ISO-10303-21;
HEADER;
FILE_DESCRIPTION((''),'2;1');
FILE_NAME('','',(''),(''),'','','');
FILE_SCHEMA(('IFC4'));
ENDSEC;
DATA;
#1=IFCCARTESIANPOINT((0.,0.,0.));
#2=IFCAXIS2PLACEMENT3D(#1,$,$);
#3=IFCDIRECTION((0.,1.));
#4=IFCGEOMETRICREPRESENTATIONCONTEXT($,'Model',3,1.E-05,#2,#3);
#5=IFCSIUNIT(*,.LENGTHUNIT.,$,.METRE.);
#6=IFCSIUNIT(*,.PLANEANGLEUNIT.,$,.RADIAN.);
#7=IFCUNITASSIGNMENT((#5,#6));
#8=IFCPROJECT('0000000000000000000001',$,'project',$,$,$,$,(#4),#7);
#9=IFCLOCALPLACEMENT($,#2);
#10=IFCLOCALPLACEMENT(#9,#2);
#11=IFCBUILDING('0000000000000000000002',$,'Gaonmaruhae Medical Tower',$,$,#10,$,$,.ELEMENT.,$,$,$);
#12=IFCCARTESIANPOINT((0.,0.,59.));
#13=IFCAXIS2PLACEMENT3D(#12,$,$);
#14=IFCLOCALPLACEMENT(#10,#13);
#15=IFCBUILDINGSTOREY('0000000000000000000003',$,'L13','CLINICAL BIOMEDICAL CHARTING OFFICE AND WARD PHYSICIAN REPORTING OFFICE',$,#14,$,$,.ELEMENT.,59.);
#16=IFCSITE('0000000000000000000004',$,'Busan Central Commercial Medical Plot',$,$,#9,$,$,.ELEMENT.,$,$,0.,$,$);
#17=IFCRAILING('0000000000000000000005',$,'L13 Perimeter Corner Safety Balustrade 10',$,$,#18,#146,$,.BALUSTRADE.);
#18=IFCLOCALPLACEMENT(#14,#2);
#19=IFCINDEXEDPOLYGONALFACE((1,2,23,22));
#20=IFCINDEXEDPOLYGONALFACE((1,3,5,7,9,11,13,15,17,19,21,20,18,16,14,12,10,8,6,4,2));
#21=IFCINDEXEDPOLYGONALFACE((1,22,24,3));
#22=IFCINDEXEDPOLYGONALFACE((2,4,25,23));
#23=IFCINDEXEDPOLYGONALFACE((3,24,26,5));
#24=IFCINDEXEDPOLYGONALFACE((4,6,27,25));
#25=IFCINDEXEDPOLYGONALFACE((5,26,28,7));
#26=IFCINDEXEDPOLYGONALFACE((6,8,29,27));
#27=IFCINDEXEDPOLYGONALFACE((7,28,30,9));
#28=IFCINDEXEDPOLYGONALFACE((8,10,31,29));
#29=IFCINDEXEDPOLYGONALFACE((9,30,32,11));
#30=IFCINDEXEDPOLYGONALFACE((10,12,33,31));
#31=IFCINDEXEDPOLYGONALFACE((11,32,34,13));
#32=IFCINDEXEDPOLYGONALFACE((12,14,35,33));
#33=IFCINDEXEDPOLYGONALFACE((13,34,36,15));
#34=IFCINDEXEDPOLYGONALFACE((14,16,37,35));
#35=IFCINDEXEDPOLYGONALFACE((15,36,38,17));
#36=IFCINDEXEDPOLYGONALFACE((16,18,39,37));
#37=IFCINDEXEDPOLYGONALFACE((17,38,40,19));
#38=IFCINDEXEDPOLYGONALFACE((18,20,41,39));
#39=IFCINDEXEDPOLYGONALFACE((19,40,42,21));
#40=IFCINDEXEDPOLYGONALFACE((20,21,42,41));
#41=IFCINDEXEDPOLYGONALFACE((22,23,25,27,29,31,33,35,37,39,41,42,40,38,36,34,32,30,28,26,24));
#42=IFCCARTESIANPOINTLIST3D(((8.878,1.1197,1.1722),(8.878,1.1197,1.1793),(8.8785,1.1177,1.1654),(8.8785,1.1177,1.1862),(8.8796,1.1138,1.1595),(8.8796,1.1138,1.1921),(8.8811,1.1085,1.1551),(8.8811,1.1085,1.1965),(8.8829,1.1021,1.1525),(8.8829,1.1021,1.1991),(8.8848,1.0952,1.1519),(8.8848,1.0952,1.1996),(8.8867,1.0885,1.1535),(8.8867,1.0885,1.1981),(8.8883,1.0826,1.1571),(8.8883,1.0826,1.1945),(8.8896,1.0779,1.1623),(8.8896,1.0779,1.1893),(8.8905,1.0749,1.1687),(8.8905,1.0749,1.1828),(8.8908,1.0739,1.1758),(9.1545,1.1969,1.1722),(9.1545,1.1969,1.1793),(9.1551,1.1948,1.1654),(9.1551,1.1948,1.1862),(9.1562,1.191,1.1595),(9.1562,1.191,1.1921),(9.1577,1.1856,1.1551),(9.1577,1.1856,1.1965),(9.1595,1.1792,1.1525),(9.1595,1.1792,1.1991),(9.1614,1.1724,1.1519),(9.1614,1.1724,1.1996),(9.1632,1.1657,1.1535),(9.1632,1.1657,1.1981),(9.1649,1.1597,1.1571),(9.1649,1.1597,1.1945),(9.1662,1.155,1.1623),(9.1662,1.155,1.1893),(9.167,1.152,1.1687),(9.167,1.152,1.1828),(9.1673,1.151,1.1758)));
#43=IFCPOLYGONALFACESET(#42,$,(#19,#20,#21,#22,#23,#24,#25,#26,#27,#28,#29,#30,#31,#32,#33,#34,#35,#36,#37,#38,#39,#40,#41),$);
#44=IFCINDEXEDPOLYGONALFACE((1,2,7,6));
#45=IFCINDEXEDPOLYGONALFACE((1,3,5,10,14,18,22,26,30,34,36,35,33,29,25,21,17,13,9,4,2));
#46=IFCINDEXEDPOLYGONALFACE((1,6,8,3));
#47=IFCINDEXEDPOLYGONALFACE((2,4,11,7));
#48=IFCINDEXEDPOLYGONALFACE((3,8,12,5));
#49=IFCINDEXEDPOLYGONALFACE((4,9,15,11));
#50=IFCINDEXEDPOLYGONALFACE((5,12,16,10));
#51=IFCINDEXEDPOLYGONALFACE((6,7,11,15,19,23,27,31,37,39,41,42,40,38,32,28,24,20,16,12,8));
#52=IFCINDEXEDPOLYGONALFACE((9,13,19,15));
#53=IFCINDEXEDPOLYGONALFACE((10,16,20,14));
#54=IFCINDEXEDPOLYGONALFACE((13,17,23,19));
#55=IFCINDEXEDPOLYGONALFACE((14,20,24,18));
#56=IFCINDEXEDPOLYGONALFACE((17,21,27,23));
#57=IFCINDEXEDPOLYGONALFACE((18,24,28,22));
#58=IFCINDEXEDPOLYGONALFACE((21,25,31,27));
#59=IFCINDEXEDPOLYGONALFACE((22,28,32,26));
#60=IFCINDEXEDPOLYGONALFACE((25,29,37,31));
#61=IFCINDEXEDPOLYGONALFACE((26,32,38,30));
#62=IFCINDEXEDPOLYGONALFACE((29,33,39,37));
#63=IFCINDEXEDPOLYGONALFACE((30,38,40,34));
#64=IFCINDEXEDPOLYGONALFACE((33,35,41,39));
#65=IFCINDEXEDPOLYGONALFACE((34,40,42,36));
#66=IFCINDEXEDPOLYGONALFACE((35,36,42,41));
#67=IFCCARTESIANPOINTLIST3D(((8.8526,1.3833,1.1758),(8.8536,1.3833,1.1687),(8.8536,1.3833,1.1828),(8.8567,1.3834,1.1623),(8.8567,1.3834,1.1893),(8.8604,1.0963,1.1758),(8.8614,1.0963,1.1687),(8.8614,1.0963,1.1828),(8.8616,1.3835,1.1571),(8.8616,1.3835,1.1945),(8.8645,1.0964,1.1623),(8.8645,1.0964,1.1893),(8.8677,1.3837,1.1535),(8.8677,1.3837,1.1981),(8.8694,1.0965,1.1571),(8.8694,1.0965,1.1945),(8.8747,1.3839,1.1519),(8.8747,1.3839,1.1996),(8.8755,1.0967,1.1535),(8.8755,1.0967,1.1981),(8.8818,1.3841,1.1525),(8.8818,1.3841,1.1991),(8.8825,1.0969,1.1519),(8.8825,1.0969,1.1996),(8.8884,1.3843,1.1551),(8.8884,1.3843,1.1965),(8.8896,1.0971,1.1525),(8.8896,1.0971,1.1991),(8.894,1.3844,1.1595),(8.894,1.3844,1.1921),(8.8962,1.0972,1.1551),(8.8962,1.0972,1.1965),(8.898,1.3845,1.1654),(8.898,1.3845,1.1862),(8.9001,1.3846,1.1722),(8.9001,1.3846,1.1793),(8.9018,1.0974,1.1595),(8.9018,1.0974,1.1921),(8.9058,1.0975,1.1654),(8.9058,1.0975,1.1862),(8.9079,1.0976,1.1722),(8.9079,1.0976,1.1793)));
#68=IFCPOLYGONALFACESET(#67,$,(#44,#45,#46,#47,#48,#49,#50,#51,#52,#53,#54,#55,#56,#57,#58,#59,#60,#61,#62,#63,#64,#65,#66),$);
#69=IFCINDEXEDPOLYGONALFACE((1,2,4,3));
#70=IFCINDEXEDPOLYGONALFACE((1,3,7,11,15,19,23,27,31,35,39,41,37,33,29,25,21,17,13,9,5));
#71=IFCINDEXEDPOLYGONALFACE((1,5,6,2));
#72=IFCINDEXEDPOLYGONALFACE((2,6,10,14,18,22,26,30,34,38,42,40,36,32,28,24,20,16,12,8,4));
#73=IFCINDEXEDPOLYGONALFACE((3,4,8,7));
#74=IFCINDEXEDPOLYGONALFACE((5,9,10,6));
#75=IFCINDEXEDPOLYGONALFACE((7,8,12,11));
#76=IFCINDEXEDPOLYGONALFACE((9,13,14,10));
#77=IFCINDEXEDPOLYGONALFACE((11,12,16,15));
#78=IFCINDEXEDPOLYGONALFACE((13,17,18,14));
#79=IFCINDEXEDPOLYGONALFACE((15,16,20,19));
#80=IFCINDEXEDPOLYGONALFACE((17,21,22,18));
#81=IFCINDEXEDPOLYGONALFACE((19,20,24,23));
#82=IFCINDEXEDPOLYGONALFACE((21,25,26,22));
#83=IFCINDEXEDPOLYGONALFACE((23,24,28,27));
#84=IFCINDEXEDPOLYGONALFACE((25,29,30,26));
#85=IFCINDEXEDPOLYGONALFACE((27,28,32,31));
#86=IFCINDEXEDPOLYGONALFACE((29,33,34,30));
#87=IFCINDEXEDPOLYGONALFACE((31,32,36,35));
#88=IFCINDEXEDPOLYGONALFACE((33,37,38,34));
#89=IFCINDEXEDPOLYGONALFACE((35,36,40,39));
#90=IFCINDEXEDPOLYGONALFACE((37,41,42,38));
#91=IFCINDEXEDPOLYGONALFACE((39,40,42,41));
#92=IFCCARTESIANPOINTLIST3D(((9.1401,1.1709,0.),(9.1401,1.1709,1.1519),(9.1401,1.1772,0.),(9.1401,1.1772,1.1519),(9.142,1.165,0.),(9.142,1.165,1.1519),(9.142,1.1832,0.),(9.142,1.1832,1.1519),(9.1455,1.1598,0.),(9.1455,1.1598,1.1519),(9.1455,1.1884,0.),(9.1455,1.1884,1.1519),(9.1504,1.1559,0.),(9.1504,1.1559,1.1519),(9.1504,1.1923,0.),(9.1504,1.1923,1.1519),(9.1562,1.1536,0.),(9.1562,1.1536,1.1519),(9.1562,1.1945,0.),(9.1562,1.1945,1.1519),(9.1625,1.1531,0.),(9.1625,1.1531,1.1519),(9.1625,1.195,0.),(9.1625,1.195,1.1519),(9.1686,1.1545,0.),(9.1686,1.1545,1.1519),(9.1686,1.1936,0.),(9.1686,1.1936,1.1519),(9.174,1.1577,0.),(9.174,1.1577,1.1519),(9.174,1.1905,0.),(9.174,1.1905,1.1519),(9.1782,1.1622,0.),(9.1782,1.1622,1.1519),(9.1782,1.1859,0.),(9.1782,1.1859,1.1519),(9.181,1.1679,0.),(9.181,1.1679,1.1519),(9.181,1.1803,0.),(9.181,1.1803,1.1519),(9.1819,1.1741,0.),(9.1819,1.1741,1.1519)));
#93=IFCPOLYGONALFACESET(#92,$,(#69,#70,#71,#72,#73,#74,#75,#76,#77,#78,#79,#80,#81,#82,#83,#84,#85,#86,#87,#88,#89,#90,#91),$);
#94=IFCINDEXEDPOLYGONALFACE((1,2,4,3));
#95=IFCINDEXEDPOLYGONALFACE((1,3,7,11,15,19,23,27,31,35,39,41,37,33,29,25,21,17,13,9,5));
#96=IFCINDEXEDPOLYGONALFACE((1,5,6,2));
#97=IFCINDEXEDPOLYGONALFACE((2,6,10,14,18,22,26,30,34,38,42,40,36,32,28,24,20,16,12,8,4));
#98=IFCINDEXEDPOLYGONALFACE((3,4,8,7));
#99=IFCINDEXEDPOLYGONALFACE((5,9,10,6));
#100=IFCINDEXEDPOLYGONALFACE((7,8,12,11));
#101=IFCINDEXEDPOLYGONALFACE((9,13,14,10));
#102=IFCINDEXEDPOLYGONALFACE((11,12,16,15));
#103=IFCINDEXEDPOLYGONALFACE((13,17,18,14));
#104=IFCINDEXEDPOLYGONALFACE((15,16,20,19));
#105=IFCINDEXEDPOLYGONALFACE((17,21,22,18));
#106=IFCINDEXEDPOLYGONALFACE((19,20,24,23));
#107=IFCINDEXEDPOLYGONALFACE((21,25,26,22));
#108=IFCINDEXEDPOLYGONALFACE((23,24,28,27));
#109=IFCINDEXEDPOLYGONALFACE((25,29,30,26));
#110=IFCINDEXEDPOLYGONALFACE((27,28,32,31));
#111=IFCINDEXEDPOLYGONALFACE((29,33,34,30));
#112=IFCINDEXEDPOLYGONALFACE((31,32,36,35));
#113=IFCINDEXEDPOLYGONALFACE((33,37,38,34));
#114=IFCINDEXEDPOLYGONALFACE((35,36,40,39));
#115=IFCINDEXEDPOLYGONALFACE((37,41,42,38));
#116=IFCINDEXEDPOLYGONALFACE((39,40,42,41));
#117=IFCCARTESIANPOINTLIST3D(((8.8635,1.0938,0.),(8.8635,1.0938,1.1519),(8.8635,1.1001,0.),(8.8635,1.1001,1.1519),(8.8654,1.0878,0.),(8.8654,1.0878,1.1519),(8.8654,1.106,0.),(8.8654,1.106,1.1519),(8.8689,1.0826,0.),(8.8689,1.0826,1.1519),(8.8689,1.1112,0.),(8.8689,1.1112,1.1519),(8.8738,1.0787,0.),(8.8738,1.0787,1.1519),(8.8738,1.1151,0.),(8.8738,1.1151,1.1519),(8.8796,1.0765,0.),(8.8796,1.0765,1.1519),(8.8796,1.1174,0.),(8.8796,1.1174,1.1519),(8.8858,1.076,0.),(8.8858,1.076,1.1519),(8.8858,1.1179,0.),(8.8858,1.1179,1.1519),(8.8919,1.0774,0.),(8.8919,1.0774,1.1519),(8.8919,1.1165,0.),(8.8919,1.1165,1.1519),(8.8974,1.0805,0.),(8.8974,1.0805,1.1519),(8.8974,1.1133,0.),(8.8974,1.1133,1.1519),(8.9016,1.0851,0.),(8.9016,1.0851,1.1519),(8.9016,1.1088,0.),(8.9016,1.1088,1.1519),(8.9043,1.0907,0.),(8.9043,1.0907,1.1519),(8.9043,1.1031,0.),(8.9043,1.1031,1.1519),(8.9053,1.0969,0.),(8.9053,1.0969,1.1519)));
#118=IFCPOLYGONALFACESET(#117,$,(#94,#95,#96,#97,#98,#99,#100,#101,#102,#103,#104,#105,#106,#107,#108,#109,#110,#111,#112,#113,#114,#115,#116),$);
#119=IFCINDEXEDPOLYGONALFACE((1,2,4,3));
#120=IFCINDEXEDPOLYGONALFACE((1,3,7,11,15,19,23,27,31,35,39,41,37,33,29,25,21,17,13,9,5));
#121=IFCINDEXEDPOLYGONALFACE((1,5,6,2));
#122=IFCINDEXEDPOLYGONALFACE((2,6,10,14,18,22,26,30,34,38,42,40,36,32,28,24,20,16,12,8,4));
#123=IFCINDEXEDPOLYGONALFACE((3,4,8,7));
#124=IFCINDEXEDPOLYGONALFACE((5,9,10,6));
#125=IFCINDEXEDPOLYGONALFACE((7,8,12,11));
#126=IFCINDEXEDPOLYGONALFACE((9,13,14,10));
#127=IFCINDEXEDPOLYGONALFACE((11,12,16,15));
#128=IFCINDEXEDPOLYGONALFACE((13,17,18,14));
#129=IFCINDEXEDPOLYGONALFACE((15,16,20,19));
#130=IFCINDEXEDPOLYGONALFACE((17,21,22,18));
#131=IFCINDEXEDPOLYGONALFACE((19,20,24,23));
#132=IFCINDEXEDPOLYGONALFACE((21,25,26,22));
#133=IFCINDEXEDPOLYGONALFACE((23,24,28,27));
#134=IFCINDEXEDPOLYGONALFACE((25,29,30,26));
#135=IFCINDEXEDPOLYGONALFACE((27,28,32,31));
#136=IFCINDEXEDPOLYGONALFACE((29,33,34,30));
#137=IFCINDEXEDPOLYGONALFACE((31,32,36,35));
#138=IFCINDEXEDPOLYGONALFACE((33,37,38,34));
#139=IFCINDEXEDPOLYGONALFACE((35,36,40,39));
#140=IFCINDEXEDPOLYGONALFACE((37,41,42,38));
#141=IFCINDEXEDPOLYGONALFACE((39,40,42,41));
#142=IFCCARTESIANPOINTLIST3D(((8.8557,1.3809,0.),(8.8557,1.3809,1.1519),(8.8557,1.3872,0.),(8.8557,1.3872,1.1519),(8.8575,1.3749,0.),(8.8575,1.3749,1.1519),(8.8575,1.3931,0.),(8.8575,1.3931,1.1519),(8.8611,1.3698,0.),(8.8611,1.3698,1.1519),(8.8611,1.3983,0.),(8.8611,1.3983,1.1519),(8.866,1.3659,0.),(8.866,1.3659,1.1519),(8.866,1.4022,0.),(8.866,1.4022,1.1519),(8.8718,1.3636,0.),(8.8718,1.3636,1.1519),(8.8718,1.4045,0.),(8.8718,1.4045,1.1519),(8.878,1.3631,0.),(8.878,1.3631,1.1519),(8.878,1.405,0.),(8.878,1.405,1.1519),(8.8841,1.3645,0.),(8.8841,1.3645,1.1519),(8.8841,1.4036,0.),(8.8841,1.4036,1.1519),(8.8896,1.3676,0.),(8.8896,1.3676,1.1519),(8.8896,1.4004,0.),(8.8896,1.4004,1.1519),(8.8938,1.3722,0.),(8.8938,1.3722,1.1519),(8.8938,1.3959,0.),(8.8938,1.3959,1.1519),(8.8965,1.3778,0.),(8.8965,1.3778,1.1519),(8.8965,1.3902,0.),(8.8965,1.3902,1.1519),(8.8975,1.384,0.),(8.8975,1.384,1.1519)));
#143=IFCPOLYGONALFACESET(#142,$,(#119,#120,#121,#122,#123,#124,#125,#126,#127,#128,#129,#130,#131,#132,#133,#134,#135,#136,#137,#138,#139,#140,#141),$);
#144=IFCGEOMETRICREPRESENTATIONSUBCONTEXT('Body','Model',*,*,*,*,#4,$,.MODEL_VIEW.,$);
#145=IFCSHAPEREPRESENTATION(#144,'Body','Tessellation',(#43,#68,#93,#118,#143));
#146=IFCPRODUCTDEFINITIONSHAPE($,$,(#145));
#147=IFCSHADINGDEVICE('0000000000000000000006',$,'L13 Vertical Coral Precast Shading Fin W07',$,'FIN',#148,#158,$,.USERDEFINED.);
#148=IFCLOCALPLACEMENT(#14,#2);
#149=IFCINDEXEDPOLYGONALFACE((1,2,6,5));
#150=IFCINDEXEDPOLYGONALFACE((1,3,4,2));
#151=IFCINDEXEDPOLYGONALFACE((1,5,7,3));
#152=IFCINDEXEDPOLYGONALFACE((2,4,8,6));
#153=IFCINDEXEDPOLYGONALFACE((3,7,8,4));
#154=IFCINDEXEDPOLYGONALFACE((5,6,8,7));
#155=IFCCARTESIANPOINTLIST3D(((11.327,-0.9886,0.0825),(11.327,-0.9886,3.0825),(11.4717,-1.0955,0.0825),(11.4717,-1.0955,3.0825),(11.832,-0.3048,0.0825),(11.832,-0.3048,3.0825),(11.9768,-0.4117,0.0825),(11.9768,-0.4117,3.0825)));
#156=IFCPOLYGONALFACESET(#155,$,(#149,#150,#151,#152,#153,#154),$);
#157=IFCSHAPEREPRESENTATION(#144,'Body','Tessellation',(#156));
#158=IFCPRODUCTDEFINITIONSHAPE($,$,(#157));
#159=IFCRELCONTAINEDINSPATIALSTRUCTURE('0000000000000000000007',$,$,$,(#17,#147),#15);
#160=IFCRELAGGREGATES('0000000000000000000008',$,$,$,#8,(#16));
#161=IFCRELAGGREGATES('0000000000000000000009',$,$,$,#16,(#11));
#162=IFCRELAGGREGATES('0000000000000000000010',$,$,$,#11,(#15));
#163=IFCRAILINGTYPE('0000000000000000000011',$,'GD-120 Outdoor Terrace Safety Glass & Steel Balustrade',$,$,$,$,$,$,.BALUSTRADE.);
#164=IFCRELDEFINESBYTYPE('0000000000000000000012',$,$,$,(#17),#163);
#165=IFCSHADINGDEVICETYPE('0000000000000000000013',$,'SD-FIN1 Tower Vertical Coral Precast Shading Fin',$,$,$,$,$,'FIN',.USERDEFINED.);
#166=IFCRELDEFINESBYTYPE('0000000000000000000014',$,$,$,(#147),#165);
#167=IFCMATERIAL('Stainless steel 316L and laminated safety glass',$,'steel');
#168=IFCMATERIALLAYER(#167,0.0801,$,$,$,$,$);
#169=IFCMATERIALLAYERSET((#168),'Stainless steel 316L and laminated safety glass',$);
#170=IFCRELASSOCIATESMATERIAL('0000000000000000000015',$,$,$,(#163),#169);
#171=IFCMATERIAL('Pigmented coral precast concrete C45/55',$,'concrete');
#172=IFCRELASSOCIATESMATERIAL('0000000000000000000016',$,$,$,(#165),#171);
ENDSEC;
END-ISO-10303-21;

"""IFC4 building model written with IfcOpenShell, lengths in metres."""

from ifc_helpers import new_model, si_unit, direction, frame, origin, origin_2d, place, context, subcontext, project, spatial, rectangle, circle, extrude, material, layer, layer_set, type_object, element, save


model = new_model("IFC4")

# Units and contexts
model_context = context("Model", 3, precision=1e-05, world=origin(), true_north=direction((0.0, 1.0)))
body_context = subcontext(model_context, "Body", "Model", "MODEL_VIEW")
ifc_project = project(units=[si_unit("LENGTHUNIT", "METRE"), si_unit("PLANEANGLEUNIT", "RADIAN")], contexts=[model_context])

# Site, building, storey
site_placement = place(None, origin())
site = spatial("IfcSite", under=ifc_project, at=site_placement, Name="Busan Central Commercial Medical Plot", CompositionType="ELEMENT", RefElevation=0.0)
building_placement = place(site_placement, origin())
building = spatial("IfcBuilding", under=site, at=building_placement, Name="Gaonmaruhae Medical Tower", CompositionType="ELEMENT")
storey_placement = place(building_placement, frame((0.0, 0.0, 59.0)))
storey = spatial("IfcBuildingStorey", under=building, at=storey_placement, Name="L13", Description="CLINICAL BIOMEDICAL CHARTING OFFICE AND WARD PHYSICIAN REPORTING OFFICE", CompositionType="ELEMENT", Elevation=59.0)

# Railing
ifc_material_1 = material(Name="Stainless steel 316L and laminated safety glass", Category="steel")
ifc_layer_1 = layer(ifc_material_1, 0.0801)
ifc_layer_set_1 = layer_set([ifc_layer_1], Name="Stainless steel 316L and laminated safety glass")
railing_type = type_object("IfcRailingType", Name="GD-120 Outdoor Terrace Safety Glass & Steel Balustrade", PredefinedType="BALUSTRADE", material=ifc_layer_set_1)
railing_1_placement = place(storey_placement, frame((9.1609, 1.1741, 0.0)))
element("IfcRailing", 1, at=railing_1_placement, inside=storey, type_object=railing_type, Name="L13 Perimeter Corner Safety Balustrade 10", PredefinedType="BALUSTRADE", context=body_context, shape_type="SweptSolid", body=[
    extrude(circle(Radius=0.0239, at=origin_2d()), frame((0.0, 0.0, 1.1758), z_axis=(-0.963237, -0.268652, 0.0), x_axis=(0.268652, -0.963237, 0.0)), (0.0, 0.0, 1.0), 0.2871),
    extrude(circle(Radius=0.0239, at=origin_2d()), frame((-0.2766, -0.0771, 1.1758), z_axis=(-0.027201, 0.99963, 0.0), x_axis=(-0.99963, -0.027201, 0.0)), (0.0, 0.0, 1.0), 0.2871),
    extrude(circle(Radius=0.021, at=origin_2d()), origin(), (0.0, 0.0, 1.0), 1.1519),
    extrude(circle(Radius=0.021, at=origin_2d()), frame((-0.2766, -0.0771, 0.0)), (0.0, 0.0, 1.0), 1.1519),
    extrude(circle(Radius=0.021, at=origin_2d()), frame((-0.2844, 0.21, 0.0)), (0.0, 0.0, 1.0), 1.1519),
])

# Shading device
ifc_material_2 = material(Name="Pigmented coral precast concrete C45/55", Category="concrete")
shading_device_type = type_object("IfcShadingDeviceType", Name="SD-FIN1 Tower Vertical Coral Precast Shading Fin", ElementType="FIN", PredefinedType="USERDEFINED", material=ifc_material_2)
shading_device_placement = place(storey_placement, frame((11.6519, -0.7002, 0.0825), z_axis=(0.0, 0.0, 1.0), x_axis=(-0.804376, 0.594121, 0.0)))
element("IfcShadingDevice", 2, at=shading_device_placement, inside=storey, type_object=shading_device_type, Name="L13 Vertical Coral Precast Shading Fin W07", ObjectType="FIN", PredefinedType="USERDEFINED", context=body_context, shape_type="SweptSolid", body=[
    extrude(rectangle(XDim=0.1799, YDim=0.8501, at=origin_2d()), origin(), (0.0, 0.0, 1.0), 3.0),
])

save(model, "model.ifc")
